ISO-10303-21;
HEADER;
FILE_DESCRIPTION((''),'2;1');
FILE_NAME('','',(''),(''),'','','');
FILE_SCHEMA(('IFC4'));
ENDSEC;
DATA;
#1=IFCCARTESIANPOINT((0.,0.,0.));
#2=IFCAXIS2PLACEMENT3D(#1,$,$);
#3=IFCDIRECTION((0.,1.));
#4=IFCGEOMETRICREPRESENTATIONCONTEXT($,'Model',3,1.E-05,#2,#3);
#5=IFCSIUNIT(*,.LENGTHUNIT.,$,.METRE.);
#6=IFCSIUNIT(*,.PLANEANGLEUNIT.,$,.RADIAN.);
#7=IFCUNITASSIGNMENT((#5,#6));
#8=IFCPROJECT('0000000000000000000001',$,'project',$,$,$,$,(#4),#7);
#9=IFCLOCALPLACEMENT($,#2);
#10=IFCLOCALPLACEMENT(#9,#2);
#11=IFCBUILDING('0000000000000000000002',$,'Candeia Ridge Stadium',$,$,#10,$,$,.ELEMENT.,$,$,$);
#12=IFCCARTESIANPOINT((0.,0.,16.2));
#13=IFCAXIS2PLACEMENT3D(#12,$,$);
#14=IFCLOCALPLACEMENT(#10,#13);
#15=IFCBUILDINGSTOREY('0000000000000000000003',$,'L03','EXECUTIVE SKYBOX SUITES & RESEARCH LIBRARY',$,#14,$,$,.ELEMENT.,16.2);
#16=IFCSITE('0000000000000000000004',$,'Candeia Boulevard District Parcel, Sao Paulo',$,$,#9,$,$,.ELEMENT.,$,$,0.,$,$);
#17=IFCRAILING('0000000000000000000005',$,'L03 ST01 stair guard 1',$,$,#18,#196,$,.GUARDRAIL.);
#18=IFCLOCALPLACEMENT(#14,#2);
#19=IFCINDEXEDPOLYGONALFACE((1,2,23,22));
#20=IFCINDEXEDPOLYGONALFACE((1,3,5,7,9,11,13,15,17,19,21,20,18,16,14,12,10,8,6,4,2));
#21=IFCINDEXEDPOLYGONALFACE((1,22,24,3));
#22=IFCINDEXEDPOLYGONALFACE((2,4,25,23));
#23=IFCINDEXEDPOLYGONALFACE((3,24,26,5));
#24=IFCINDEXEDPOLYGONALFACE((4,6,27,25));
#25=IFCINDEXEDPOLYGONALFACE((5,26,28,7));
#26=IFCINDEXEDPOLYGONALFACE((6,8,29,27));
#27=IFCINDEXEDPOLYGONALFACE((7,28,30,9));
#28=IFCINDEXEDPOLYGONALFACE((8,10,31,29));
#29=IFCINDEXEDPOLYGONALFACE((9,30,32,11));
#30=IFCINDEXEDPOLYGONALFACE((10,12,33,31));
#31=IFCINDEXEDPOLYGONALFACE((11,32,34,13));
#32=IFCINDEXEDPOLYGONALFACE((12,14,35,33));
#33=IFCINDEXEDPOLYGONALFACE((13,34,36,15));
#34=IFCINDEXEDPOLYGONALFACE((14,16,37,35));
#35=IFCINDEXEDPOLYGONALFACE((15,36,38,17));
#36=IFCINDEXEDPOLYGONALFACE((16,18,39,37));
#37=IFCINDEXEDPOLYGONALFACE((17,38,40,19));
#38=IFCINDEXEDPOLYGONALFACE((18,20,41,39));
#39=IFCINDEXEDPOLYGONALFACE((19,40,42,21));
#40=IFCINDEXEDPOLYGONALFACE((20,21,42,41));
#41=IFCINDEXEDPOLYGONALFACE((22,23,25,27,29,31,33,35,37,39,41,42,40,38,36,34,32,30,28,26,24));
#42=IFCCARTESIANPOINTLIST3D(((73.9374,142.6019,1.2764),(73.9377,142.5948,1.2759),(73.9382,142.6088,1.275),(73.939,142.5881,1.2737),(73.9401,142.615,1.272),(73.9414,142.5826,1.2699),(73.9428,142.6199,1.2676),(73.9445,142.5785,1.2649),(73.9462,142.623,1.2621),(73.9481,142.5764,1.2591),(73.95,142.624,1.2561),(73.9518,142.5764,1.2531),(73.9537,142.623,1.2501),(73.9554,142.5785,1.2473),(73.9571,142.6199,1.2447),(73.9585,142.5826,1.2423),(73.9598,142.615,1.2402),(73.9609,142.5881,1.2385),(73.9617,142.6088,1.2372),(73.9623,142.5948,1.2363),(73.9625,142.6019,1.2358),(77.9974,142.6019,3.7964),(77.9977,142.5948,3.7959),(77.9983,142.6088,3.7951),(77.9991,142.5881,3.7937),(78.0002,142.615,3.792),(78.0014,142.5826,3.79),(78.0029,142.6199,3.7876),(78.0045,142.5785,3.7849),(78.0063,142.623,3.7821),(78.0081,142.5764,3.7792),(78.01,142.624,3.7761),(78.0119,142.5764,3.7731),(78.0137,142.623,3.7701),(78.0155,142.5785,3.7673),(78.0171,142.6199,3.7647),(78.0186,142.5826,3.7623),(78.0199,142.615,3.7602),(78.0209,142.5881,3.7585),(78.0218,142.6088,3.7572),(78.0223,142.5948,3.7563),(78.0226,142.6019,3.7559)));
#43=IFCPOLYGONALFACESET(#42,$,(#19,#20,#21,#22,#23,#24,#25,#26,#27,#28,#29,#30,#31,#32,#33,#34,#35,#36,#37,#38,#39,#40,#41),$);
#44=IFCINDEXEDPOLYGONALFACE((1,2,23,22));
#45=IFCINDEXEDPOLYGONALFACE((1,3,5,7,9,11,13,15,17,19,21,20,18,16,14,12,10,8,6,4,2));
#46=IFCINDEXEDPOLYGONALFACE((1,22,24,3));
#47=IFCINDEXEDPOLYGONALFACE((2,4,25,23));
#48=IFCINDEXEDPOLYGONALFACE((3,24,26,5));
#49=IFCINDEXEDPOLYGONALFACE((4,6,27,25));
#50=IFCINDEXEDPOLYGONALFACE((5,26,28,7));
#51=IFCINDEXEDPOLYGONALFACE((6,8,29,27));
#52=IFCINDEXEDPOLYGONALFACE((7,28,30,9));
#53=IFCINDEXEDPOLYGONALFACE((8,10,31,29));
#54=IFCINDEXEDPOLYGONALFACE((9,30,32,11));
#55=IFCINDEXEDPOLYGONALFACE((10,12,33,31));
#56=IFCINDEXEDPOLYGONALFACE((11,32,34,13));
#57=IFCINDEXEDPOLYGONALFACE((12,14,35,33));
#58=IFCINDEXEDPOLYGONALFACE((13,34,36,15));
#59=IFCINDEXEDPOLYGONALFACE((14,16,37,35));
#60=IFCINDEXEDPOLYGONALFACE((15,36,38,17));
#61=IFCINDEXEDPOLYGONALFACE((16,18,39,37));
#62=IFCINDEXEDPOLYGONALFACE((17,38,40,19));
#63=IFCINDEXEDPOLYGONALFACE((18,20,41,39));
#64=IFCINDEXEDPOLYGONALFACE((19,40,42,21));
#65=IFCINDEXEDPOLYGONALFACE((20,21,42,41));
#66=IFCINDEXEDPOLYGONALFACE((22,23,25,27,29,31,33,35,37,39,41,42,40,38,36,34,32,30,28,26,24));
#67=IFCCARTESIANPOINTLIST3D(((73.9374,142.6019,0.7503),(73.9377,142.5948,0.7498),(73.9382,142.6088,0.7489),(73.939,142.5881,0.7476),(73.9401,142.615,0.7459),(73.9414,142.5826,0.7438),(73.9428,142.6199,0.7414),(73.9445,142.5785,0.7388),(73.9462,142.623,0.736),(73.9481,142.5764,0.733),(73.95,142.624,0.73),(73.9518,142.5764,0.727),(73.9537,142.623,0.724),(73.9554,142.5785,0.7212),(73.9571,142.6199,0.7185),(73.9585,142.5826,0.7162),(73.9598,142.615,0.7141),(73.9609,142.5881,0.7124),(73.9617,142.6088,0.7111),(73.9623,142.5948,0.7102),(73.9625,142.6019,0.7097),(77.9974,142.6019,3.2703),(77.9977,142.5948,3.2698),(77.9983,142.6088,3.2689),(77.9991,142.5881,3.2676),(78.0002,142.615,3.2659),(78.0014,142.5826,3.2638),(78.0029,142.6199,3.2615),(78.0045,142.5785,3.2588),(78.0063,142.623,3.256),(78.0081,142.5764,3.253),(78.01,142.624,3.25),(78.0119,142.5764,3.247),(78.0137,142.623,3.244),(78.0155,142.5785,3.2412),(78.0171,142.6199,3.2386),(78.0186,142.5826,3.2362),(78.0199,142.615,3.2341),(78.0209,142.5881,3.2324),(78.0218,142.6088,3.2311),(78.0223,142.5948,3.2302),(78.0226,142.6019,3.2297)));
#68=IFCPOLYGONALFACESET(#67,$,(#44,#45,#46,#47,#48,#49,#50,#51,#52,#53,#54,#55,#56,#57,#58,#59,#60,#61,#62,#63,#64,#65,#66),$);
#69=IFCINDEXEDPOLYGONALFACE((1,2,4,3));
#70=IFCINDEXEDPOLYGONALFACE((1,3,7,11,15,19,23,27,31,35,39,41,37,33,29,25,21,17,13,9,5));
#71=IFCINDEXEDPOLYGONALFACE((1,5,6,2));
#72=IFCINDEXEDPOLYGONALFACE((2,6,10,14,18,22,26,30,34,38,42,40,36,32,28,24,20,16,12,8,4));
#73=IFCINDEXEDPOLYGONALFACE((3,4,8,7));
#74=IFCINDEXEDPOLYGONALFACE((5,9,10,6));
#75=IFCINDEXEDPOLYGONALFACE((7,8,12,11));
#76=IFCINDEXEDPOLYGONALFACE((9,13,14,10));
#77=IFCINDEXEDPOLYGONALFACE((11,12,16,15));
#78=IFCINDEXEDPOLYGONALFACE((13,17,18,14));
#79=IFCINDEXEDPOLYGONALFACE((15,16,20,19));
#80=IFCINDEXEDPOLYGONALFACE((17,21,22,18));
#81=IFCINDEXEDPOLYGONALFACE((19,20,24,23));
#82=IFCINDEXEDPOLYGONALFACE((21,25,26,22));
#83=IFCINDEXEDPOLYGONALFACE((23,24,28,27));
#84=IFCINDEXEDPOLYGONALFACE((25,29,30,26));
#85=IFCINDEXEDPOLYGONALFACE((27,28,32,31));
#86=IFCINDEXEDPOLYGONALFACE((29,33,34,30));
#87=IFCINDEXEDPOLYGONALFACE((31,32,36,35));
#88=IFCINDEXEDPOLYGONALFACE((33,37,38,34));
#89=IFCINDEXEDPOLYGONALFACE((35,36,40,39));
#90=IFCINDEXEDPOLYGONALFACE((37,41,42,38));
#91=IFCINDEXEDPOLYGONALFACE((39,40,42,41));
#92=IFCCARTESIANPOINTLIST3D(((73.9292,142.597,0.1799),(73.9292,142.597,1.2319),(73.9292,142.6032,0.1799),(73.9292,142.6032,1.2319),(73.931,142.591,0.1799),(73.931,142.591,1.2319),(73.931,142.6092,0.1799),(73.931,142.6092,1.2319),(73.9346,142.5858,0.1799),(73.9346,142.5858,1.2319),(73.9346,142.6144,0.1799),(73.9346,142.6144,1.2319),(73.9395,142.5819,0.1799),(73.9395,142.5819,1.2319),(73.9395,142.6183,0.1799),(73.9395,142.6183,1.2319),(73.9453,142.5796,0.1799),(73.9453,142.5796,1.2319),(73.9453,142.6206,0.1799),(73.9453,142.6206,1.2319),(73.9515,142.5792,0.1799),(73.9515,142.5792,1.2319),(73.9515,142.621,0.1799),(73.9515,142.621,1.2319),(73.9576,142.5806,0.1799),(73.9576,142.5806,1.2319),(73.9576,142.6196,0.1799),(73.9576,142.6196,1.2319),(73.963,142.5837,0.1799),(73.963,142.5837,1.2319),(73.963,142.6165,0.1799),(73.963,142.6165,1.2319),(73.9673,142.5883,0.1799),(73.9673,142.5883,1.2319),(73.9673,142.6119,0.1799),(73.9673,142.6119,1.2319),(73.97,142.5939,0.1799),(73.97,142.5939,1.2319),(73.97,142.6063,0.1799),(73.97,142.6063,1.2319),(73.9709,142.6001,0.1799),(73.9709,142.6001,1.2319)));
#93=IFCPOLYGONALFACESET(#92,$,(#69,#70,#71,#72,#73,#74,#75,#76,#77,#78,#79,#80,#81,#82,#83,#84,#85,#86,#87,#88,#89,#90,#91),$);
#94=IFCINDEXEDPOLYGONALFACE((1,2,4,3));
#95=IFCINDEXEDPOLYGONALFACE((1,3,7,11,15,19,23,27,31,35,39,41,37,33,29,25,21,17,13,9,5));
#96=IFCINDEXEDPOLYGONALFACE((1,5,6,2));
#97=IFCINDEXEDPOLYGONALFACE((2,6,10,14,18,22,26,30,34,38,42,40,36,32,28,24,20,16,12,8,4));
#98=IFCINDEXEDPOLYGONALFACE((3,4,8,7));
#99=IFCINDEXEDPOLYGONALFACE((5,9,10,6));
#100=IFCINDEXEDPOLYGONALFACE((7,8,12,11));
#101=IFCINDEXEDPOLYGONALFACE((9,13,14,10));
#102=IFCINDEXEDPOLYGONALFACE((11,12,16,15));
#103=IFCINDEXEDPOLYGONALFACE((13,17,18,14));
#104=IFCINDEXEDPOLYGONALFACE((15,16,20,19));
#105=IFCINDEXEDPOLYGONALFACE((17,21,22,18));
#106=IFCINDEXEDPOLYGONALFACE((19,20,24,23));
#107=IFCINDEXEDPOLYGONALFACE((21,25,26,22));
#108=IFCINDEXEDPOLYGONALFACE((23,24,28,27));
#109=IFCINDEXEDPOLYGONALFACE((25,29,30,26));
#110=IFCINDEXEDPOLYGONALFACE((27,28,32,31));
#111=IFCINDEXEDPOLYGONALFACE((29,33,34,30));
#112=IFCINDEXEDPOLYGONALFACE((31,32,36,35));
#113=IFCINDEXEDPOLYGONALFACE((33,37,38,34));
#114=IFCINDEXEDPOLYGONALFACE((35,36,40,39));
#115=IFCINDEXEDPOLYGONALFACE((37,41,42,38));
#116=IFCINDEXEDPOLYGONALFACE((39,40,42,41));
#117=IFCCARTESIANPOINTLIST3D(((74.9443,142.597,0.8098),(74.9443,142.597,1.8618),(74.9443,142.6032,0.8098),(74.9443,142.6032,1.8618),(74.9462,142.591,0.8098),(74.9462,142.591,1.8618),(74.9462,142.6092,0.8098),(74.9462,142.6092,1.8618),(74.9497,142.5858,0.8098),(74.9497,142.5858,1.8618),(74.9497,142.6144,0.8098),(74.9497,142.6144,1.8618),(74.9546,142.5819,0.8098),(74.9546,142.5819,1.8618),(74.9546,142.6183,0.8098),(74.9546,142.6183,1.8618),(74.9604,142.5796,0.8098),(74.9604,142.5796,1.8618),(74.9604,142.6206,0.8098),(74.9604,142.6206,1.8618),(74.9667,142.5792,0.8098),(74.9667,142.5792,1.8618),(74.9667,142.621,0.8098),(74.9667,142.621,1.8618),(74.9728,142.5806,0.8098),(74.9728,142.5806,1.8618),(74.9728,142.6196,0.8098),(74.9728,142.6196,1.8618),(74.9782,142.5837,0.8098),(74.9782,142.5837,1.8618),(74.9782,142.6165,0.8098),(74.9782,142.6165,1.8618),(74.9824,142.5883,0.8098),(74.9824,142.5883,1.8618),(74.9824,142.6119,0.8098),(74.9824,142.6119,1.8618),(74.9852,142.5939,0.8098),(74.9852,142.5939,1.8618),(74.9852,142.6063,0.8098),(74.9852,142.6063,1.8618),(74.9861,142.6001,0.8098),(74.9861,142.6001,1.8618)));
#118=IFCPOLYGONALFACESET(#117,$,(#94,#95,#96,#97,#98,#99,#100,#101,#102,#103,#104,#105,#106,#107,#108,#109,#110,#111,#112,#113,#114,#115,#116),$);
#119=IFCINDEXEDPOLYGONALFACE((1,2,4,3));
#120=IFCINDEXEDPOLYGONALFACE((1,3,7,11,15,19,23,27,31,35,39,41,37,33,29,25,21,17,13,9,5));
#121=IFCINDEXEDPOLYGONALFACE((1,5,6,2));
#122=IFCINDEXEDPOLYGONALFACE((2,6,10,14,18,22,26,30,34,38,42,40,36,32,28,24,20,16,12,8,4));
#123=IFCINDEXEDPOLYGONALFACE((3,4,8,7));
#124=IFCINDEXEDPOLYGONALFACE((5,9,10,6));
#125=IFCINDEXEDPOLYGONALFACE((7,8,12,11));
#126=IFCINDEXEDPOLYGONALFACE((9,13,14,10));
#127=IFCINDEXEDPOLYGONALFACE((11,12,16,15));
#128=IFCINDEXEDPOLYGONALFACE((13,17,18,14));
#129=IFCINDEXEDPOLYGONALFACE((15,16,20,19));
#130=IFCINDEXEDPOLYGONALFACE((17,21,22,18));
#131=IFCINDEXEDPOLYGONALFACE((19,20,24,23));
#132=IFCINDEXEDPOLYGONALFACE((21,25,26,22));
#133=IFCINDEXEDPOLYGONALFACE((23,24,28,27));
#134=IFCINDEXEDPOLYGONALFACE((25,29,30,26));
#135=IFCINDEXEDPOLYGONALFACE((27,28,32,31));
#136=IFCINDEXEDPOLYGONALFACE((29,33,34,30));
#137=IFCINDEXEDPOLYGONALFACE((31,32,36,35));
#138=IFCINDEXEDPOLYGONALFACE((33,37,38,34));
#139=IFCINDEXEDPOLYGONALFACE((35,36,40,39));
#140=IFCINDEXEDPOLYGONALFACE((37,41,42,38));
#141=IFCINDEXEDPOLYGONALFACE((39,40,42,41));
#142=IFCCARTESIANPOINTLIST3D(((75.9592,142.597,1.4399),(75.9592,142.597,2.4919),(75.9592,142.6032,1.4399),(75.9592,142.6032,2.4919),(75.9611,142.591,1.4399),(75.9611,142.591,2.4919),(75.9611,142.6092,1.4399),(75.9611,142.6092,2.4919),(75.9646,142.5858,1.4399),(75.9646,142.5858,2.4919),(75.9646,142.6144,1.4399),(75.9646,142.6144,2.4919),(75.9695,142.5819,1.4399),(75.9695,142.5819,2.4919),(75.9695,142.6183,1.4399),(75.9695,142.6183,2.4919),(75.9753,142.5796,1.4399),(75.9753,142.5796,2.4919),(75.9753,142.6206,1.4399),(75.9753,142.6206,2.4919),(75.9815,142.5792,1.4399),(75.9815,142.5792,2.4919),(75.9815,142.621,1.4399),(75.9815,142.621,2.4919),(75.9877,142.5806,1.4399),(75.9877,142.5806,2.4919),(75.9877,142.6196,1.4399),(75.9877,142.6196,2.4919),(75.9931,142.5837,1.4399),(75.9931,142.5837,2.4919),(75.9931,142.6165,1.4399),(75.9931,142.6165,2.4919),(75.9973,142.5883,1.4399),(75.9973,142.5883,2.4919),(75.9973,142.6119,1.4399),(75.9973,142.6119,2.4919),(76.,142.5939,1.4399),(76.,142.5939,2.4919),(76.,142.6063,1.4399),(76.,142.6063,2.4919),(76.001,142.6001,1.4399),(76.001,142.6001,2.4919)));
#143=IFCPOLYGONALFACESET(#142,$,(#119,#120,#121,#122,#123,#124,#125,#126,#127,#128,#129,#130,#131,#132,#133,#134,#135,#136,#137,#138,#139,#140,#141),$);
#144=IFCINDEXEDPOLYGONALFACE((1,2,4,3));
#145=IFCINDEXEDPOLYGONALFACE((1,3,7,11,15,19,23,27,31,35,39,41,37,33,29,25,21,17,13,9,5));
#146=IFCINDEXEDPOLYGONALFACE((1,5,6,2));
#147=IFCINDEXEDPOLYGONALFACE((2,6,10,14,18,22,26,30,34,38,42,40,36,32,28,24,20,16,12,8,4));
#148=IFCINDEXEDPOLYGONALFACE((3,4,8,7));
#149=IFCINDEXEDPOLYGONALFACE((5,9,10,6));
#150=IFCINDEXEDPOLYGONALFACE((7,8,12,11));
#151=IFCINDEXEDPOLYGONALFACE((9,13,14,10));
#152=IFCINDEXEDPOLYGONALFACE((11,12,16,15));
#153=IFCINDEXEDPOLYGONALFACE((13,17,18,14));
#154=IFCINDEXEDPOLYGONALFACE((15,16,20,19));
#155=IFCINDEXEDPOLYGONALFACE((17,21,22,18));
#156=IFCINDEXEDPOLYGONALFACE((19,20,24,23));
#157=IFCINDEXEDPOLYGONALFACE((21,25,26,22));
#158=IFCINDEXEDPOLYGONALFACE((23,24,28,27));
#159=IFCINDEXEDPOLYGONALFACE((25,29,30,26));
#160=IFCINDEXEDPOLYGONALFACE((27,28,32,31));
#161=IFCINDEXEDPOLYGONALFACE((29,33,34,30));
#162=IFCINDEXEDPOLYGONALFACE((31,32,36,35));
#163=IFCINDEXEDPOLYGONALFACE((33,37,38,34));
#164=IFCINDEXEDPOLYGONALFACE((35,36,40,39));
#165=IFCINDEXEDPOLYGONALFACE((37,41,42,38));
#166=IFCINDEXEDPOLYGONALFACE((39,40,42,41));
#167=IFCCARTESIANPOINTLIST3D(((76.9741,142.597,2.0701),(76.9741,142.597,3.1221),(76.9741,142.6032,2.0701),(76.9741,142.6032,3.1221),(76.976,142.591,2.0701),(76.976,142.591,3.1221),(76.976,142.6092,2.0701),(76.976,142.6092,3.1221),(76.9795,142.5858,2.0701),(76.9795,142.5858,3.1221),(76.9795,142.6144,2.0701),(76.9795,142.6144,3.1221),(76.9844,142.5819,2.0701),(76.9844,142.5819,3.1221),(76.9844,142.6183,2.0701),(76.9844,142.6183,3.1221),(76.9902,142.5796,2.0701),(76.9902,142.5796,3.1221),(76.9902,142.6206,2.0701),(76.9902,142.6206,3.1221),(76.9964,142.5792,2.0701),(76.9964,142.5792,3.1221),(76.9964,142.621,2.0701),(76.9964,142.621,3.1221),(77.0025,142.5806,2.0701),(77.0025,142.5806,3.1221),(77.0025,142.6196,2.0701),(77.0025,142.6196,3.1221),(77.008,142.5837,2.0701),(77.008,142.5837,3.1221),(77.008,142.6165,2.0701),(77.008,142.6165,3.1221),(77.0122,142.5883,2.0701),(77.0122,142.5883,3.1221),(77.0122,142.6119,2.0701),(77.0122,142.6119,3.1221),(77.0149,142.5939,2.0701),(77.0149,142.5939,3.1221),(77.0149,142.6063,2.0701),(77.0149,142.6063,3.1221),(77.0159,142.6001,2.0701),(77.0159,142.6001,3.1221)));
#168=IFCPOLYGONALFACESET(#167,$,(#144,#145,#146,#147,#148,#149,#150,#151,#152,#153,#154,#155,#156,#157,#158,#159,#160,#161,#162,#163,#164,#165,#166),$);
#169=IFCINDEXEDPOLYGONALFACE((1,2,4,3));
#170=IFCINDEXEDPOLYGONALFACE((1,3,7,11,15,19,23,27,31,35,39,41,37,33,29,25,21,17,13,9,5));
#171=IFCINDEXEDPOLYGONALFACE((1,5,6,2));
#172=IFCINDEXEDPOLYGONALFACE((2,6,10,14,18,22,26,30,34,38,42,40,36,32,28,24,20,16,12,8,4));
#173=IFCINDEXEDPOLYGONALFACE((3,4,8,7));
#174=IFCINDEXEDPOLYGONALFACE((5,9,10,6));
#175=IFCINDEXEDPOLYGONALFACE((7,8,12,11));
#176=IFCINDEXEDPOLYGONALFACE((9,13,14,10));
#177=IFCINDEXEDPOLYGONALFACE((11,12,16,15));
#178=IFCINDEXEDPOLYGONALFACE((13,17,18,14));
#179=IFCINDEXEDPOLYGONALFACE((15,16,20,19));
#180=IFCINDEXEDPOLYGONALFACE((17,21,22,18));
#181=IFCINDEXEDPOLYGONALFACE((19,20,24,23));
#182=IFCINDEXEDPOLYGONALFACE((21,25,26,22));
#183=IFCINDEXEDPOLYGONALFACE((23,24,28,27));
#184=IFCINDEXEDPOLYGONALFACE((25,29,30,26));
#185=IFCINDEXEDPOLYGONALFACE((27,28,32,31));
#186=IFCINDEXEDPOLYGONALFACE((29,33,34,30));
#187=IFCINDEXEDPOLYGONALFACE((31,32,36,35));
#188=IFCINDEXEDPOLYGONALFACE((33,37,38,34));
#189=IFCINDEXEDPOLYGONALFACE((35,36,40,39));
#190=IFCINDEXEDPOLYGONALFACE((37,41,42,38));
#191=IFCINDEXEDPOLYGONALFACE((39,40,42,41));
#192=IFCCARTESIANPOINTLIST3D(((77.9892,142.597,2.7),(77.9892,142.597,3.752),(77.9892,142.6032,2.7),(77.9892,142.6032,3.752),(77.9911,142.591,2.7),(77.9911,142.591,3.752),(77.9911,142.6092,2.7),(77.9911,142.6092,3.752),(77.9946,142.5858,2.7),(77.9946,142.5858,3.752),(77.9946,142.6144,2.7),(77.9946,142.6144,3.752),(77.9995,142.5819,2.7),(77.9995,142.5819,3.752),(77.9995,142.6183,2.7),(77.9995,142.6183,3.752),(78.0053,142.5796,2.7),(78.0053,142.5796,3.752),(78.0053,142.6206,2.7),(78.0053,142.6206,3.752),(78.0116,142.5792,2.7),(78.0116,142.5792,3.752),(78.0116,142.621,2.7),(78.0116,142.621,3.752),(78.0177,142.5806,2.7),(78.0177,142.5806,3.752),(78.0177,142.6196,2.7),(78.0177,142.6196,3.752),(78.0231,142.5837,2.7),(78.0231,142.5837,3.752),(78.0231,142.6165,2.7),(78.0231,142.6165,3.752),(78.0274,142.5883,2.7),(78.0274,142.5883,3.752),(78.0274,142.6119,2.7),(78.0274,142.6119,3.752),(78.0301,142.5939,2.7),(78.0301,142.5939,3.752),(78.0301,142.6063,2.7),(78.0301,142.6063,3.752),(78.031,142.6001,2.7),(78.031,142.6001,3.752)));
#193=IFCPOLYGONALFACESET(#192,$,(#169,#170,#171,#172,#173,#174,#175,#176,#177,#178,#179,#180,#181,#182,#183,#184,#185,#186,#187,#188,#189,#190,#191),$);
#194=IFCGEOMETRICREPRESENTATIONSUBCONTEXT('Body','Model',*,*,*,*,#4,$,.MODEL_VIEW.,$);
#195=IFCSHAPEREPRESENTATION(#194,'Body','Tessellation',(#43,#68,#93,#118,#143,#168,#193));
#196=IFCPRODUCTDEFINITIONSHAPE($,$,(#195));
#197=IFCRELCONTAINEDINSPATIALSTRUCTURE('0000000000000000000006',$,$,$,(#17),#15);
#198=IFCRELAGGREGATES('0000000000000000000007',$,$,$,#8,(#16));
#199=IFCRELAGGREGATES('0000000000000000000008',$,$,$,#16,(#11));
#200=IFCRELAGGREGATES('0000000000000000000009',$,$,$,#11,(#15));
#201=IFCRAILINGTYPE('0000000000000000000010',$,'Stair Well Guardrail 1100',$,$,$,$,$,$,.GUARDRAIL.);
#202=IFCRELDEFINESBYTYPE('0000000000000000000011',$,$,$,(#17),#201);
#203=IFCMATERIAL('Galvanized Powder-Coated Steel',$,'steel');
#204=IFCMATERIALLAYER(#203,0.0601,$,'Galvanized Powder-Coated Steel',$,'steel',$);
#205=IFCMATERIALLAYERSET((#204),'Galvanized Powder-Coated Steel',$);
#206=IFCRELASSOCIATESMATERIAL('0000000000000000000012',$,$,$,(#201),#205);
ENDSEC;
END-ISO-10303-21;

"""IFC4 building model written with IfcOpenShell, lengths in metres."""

from ifc_helpers import new_model, si_unit, direction, frame, origin, origin_2d, place, context, subcontext, project, spatial, circle, extrude, material, layer, layer_set, type_object, element, save


model = new_model("IFC4")

# Units and contexts
model_context = context("Model", 3, precision=1e-05, world=origin(), true_north=direction((0.0, 1.0)))
body_context = subcontext(model_context, "Body", "Model", "MODEL_VIEW")
ifc_project = project(units=[si_unit("LENGTHUNIT", "METRE"), si_unit("PLANEANGLEUNIT", "RADIAN")], contexts=[model_context])

# Site, building, storey
site_placement = place(None, origin())
site = spatial("IfcSite", under=ifc_project, at=site_placement, Name="Candeia Boulevard District Parcel, Sao Paulo", CompositionType="ELEMENT", RefElevation=0.0)
building_placement = place(site_placement, origin())
building = spatial("IfcBuilding", under=site, at=building_placement, Name="Candeia Ridge Stadium", CompositionType="ELEMENT")
storey_placement = place(building_placement, frame((0.0, 0.0, 16.2)))
storey = spatial("IfcBuildingStorey", under=building, at=storey_placement, Name="L03", Description="EXECUTIVE SKYBOX SUITES & RESEARCH LIBRARY", CompositionType="ELEMENT", Elevation=16.2)

# Railing
ifc_material_1 = material(Name="Galvanized Powder-Coated Steel", Category="steel")
ifc_layer_1 = layer(ifc_material_1, 0.0601, Name="Galvanized Powder-Coated Steel", Category="steel")
ifc_layer_set_1 = layer_set([ifc_layer_1], Name="Galvanized Powder-Coated Steel")
railing_type_1 = type_object("IfcRailingType", Name="Stair Well Guardrail 1100", PredefinedType="GUARDRAIL", material=ifc_layer_set_1)
railing_1_placement = place(storey_placement, frame((73.95, 142.6001, 0.1799)))
element("IfcRailing", 1, at=railing_1_placement, inside=storey, type_object=railing_type_1, Name="L03 ST01 stair guard 1", PredefinedType="GUARDRAIL", context=body_context, shape_type="SweptSolid", body=[
    extrude(circle(Radius=0.0239, at=origin_2d()), frame((0.0, 0.0, 1.0762), z_axis=(0.849642, 0.0, 0.52736), x_axis=(0.0, 1.0, 0.0)), (0.0, 0.0, 1.0), 4.7786),
    extrude(circle(Radius=0.0239, at=origin_2d()), frame((0.0, 0.0, 0.55), z_axis=(0.849642, 0.0, 0.52736), x_axis=(0.0, 1.0, 0.0)), (0.0, 0.0, 1.0), 4.7786),
    extrude(circle(Radius=0.021, at=origin_2d()), origin(), (0.0, 0.0, 1.0), 1.052),
    extrude(circle(Radius=0.021, at=origin_2d()), frame((1.0151, 0.0, 0.6299)), (0.0, 0.0, 1.0), 1.052),
    extrude(circle(Radius=0.021, at=origin_2d()), frame((2.03, 0.0, 1.26)), (0.0, 0.0, 1.0), 1.052),
    extrude(circle(Radius=0.021, at=origin_2d()), frame((3.0449, 0.0, 1.8901)), (0.0, 0.0, 1.0), 1.052),
    extrude(circle(Radius=0.021, at=origin_2d()), frame((4.0601, 0.0, 2.52)), (0.0, 0.0, 1.0), 1.052),
])

save(model, "model.ifc")
